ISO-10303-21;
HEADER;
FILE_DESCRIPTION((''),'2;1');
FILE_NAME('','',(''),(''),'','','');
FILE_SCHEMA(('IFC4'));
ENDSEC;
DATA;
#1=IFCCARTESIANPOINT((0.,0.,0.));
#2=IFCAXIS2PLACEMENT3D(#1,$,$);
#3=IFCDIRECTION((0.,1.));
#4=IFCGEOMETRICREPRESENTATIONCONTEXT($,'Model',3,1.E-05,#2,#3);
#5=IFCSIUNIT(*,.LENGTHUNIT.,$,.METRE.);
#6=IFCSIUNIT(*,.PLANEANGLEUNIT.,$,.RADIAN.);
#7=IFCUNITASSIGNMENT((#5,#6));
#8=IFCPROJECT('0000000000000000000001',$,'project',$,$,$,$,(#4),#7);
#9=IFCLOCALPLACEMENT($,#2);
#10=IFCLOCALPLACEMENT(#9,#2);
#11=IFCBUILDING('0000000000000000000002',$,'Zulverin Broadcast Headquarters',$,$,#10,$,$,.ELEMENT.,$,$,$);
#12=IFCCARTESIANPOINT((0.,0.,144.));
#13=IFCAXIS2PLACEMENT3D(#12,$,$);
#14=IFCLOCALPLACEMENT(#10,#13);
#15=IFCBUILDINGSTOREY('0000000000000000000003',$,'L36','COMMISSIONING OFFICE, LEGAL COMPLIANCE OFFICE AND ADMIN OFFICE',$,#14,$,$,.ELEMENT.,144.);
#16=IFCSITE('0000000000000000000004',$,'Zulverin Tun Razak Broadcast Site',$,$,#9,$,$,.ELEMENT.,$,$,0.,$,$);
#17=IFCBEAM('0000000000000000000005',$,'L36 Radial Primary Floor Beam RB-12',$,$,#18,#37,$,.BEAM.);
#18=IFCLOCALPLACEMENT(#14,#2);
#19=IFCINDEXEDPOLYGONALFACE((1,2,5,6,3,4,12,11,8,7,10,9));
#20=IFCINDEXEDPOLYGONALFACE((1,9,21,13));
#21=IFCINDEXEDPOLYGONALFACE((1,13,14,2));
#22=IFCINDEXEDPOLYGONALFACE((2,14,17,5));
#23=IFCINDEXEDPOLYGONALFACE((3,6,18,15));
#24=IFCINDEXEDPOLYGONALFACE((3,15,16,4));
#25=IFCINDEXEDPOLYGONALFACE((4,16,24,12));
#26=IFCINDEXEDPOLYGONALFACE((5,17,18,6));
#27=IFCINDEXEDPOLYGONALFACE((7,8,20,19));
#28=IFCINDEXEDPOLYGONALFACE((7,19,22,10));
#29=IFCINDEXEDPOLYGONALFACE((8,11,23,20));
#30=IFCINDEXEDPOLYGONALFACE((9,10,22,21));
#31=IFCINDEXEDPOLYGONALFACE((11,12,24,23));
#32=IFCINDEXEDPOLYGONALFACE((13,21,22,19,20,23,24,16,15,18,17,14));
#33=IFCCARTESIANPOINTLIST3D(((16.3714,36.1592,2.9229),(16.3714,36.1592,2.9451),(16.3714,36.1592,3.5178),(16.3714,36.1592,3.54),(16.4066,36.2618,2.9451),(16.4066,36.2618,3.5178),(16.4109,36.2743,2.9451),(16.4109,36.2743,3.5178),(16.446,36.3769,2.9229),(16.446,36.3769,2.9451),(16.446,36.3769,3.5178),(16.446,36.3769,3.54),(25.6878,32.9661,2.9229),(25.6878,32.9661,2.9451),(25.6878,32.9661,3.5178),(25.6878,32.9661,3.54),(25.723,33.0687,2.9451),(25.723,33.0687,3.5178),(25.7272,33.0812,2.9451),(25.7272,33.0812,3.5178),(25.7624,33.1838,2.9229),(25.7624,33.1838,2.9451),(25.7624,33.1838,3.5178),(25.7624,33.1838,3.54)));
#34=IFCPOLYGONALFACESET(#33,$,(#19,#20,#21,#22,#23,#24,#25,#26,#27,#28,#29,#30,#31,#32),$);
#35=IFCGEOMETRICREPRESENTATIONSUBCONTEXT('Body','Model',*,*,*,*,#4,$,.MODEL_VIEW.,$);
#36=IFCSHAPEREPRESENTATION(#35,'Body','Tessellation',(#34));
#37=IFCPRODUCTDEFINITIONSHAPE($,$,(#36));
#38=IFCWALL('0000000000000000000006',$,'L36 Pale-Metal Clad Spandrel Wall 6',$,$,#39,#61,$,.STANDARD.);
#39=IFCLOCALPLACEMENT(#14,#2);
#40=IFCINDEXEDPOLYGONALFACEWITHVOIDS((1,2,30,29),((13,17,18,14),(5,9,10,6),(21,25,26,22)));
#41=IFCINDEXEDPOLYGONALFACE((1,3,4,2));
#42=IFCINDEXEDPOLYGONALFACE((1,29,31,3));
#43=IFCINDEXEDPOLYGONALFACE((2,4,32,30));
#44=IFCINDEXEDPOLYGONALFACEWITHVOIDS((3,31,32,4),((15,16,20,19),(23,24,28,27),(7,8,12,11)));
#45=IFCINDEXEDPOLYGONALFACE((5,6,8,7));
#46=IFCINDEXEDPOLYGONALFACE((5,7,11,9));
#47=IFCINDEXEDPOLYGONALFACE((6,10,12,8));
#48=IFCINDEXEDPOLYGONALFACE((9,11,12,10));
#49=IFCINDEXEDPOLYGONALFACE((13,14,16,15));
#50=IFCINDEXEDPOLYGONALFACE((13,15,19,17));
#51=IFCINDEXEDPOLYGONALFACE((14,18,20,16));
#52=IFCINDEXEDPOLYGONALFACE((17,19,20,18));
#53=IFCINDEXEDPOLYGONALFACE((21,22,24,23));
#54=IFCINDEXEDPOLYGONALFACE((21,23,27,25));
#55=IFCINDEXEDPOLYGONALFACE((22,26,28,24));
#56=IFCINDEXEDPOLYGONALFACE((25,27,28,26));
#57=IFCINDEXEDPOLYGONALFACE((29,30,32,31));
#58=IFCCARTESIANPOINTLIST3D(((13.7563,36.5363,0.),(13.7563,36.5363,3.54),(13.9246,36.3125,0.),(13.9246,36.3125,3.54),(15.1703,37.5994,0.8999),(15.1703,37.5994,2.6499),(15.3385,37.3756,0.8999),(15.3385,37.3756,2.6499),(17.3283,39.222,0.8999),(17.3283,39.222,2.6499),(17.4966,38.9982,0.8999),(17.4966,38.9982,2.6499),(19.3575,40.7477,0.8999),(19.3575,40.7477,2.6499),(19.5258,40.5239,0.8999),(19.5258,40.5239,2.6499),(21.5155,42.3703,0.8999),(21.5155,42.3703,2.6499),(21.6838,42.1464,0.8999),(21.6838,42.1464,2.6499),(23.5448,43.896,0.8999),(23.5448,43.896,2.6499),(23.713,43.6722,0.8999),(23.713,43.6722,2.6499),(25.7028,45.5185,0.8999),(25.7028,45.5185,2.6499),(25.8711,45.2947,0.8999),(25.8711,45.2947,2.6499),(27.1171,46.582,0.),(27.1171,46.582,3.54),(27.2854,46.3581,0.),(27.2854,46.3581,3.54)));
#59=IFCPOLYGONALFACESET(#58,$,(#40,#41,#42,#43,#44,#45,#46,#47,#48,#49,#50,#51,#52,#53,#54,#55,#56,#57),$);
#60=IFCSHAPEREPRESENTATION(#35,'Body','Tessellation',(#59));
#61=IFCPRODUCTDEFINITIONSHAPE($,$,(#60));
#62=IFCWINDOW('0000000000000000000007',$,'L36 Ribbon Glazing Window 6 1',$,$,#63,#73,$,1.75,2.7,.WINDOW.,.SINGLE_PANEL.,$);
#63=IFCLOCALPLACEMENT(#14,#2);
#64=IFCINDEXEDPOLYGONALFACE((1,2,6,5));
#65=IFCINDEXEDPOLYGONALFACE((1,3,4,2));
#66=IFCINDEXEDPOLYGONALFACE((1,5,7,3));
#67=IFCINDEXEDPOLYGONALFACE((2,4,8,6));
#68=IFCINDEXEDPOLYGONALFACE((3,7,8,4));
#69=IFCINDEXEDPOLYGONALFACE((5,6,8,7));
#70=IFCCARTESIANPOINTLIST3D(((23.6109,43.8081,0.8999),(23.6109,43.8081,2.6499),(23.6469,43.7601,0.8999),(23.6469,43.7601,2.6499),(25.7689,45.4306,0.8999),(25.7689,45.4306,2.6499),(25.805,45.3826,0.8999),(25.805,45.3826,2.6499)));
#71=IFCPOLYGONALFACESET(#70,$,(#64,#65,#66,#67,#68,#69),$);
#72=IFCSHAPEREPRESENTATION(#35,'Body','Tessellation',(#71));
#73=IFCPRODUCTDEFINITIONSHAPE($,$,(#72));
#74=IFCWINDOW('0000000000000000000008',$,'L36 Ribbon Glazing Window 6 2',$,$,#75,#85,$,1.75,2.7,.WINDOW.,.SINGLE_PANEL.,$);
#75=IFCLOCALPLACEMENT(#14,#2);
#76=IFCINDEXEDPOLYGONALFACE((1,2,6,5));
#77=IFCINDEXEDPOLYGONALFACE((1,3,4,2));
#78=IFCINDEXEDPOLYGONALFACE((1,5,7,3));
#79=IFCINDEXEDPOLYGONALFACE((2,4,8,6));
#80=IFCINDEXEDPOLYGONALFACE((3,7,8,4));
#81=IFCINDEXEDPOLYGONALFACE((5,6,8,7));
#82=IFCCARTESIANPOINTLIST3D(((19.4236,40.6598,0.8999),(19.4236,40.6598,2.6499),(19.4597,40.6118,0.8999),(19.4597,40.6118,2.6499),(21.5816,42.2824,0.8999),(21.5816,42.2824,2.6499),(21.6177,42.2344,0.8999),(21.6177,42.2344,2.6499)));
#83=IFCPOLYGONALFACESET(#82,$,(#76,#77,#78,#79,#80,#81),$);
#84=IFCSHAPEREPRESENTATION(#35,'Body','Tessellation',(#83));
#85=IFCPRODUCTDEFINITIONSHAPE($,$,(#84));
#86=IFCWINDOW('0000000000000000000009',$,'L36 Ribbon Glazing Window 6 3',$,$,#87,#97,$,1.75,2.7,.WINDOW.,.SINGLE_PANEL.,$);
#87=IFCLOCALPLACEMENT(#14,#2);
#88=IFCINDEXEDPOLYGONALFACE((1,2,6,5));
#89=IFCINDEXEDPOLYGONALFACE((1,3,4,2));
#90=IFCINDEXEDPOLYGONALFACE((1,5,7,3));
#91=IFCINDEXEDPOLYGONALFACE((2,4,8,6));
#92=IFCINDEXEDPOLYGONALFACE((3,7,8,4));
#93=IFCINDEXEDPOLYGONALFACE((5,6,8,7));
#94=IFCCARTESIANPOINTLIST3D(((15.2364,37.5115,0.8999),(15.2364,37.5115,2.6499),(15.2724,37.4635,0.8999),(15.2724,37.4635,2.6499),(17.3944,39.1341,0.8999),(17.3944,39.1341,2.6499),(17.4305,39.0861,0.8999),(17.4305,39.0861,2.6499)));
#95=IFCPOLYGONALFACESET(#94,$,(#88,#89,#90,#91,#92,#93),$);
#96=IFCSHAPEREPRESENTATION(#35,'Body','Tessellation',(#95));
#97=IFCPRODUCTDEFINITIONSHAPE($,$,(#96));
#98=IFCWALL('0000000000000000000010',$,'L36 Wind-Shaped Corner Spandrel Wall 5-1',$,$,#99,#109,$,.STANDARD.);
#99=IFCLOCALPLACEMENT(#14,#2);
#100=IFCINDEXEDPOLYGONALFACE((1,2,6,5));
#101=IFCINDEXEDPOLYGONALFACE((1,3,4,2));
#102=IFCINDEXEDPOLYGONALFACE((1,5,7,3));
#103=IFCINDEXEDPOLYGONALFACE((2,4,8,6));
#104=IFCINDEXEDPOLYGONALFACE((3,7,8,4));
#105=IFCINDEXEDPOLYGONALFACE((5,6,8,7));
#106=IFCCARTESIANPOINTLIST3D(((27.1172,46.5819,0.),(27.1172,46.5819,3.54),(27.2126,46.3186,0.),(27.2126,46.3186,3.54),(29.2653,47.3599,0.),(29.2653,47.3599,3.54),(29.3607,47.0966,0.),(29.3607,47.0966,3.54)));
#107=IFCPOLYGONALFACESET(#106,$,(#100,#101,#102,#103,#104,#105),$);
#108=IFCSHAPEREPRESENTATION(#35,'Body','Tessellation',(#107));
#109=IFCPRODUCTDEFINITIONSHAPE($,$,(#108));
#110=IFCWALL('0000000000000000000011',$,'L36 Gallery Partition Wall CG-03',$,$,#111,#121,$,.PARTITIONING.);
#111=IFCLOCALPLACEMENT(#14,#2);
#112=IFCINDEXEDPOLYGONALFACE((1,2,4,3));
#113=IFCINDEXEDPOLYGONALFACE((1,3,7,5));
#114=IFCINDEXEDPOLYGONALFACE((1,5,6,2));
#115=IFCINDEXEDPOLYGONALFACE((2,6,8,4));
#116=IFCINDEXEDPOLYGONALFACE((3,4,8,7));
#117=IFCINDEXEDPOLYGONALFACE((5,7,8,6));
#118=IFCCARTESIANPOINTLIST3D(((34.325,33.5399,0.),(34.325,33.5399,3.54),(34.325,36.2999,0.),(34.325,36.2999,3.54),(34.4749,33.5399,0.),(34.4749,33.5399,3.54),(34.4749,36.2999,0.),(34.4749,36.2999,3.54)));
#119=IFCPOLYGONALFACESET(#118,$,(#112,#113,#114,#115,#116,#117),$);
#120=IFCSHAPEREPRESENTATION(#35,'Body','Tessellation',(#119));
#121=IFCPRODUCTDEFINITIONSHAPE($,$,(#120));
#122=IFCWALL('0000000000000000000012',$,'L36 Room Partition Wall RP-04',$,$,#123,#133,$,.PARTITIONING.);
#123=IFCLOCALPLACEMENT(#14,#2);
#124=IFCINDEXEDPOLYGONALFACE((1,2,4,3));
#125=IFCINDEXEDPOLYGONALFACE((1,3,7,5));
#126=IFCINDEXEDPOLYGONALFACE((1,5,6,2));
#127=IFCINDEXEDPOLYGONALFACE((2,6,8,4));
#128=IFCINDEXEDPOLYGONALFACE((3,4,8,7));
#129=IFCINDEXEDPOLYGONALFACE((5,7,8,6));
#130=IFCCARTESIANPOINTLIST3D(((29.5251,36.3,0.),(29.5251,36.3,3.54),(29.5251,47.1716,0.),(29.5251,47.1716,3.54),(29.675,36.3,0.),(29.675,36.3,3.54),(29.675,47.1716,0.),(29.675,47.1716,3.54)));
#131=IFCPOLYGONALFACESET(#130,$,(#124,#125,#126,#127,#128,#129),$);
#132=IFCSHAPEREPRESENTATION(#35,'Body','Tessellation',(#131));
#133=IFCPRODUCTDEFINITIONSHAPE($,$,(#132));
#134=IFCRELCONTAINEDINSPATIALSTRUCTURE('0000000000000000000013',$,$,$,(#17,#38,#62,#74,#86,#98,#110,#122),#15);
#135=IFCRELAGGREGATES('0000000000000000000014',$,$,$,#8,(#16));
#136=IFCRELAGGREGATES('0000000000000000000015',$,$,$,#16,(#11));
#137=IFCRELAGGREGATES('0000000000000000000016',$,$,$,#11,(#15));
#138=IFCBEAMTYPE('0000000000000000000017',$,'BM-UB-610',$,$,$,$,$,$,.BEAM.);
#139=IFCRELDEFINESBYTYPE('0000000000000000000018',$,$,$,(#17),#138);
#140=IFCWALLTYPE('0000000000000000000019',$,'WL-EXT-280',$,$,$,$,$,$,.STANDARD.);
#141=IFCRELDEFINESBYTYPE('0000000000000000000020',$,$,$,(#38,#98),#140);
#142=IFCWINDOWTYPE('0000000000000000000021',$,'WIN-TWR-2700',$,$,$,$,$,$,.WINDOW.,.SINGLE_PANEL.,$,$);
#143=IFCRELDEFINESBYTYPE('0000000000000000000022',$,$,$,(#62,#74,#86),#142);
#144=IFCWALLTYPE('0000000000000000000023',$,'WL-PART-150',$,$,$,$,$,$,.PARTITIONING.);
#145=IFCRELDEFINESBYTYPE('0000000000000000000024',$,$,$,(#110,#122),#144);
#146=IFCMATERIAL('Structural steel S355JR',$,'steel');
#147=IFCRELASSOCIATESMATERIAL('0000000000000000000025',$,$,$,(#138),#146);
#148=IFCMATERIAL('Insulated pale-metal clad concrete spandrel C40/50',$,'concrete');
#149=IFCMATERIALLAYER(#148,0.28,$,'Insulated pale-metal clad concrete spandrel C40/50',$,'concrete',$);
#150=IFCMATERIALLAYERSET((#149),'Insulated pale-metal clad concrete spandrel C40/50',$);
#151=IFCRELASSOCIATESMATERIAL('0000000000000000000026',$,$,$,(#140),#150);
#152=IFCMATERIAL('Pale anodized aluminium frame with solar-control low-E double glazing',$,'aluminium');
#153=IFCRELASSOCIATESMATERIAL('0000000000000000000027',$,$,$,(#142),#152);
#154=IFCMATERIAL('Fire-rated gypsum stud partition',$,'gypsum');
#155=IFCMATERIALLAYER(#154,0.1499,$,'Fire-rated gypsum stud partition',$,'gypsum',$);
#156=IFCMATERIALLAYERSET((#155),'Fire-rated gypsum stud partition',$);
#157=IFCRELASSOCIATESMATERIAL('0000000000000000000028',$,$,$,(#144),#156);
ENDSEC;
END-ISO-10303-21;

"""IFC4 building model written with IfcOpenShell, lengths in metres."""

from ifc_helpers import new_model, si_unit, direction, frame, frame_2d, origin, origin_2d, place, context, subcontext, project, spatial, rectangle, i_section, extrude, material, layer, layer_set, material_profile, profile_set, type_object, element, fill, save


model = new_model("IFC4")

# Units and contexts
model_context = context("Model", 3, precision=1e-05, world=origin(), true_north=direction((0.0, 1.0)))
body_context = subcontext(model_context, "Body", "Model", "MODEL_VIEW")
ifc_project = project(units=[si_unit("LENGTHUNIT", "METRE"), si_unit("PLANEANGLEUNIT", "RADIAN")], contexts=[model_context])

# Site, building, storey
site_placement = place(None, origin())
site = spatial("IfcSite", under=ifc_project, at=site_placement, Name="Zulverin Tun Razak Broadcast Site", CompositionType="ELEMENT", RefElevation=0.0)
building_placement = place(site_placement, origin())
building = spatial("IfcBuilding", under=site, at=building_placement, Name="Zulverin Broadcast Headquarters", CompositionType="ELEMENT")
storey_placement = place(building_placement, frame((0.0, 0.0, 144.0)))
storey = spatial("IfcBuildingStorey", under=building, at=storey_placement, Name="L36", Description="COMMISSIONING OFFICE, LEGAL COMPLIANCE OFFICE AND ADMIN OFFICE", CompositionType="ELEMENT", Elevation=144.0)

# Beam
ifc_material_1 = material(Name="Structural steel S355JR", Category="steel")
ifc_material_profile_1 = material_profile(ifc_material_1, i_section(OverallWidth=0.2302, OverallDepth=0.6172, WebThickness=0.0132, FlangeThickness=0.0222, at=origin_2d()), Name="Structural steel S355JR", Category="steel")
ifc_profile_set_1 = profile_set([ifc_material_profile_1], Name="Structural steel S355JR")
beam_type_1 = type_object("IfcBeamType", Name="BM-UB-610", PredefinedType="BEAM", material=ifc_profile_set_1)
beam_1_placement = place(storey_placement, frame((25.7251, 33.075, 3.2314), z_axis=(-0.94598, 0.324226, 0.0), x_axis=(-0.324226, -0.94598, 0.0)))
element("IfcBeam", 1, at=beam_1_placement, inside=storey, type_object=beam_type_1, Name="L36 Radial Primary Floor Beam RB-12", PredefinedType="BEAM", context=body_context, shape_type="SweptSolid", body=[
    extrude(i_section(OverallWidth=0.2302, OverallDepth=0.6172, WebThickness=0.0132, FlangeThickness=0.0222, at=origin_2d()), origin(), (0.0, 0.0, 1.0), 9.8484),
])

# Wall, openings, windows
ifc_material_2 = material(Name="Insulated pale-metal clad concrete spandrel C40/50", Category="concrete")
ifc_layer_1 = layer(ifc_material_2, 0.28, Name="Insulated pale-metal clad concrete spandrel C40/50", Category="concrete")
ifc_layer_set_1 = layer_set([ifc_layer_1], Name="Insulated pale-metal clad concrete spandrel C40/50")
wall_type_1 = type_object("IfcWallType", Name="WL-EXT-280", PredefinedType="STANDARD", material=ifc_layer_set_1)
wall_1_placement = place(storey_placement, frame((27.2012, 46.47, 0.0), z_axis=(0.0, 0.0, 1.0), x_axis=(-0.799281, -0.600958, 0.0)))
wall_1 = element("IfcWall", 2, at=wall_1_placement, inside=storey, type_object=wall_type_1, Name="L36 Pale-Metal Clad Spandrel Wall 6", PredefinedType="STANDARD", context=body_context, shape_type="SweptSolid", body=[
    extrude(rectangle(XDim=16.7161, YDim=0.28, at=frame_2d((8.3579, 0.0))), origin(), (0.0, 0.0, 1.0), 3.54),
])
opening_1_placement = place(wall_1_placement, frame((1.7693, 0.0, 0.8999)))
opening_1 = element("IfcOpeningElement", 3, at=opening_1_placement, cuts=wall_1, PredefinedType="OPENING", context=body_context, shape_type="SweptSolid", body=[
    extrude(rectangle(XDim=2.7, YDim=1.75, at=frame_2d((1.3501, 0.875))), frame((0.0, 0.1499, 0.0), z_axis=(0.0, -1.0, 0.0), x_axis=(1.0, 0.0, 0.0)), (0.0, 0.0, 1.0), 0.3),
])
opening_2_placement = place(wall_1_placement, frame((7.0081, 0.0, 0.8999)))
opening_2 = element("IfcOpeningElement", 4, at=opening_2_placement, cuts=wall_1, PredefinedType="OPENING", context=body_context, shape_type="SweptSolid", body=[
    extrude(rectangle(XDim=2.7, YDim=1.75, at=frame_2d((1.3501, 0.875))), frame((0.0, 0.1499, 0.0), z_axis=(0.0, -1.0, 0.0), x_axis=(1.0, 0.0, 0.0)), (0.0, 0.0, 1.0), 0.3),
])
opening_3_placement = place(wall_1_placement, frame((12.2468, 0.0, 0.8999)))
opening_3 = element("IfcOpeningElement", 5, at=opening_3_placement, cuts=wall_1, PredefinedType="OPENING", context=body_context, shape_type="SweptSolid", body=[
    extrude(rectangle(XDim=2.7, YDim=1.75, at=frame_2d((1.3501, 0.875))), frame((0.0, 0.1499, 0.0), z_axis=(0.0, -1.0, 0.0), x_axis=(1.0, 0.0, 0.0)), (0.0, 0.0, 1.0), 0.3),
])
ifc_material_3 = material(Name="Pale anodized aluminium frame with solar-control low-E double glazing", Category="aluminium")
window_type = type_object("IfcWindowType", Name="WIN-TWR-2700", PartitioningType="SINGLE_PANEL", PredefinedType="WINDOW", material=ifc_material_3)
window_1_placement = place(opening_1_placement, origin())
window_1 = element("IfcWindow", 6, at=window_1_placement, inside=storey, type_object=window_type, Name="L36 Ribbon Glazing Window 6 1", OverallHeight=1.75, OverallWidth=2.7, PartitioningType="SINGLE_PANEL", PredefinedType="WINDOW", context=body_context, shape_type="SweptSolid", body=[
    extrude(rectangle(XDim=2.7, YDim=1.75, at=frame_2d((1.3501, 0.875))), frame((0.0, 0.03, 0.0), z_axis=(0.0, -1.0, 0.0), x_axis=(1.0, 0.0, 0.0)), (0.0, 0.0, 1.0), 0.0601),
])
fill(opening_1, window_1)
window_2_placement = place(opening_2_placement, origin())
window_2 = element("IfcWindow", 7, at=window_2_placement, inside=storey, type_object=window_type, Name="L36 Ribbon Glazing Window 6 2", OverallHeight=1.75, OverallWidth=2.7, PartitioningType="SINGLE_PANEL", PredefinedType="WINDOW", context=body_context, shape_type="SweptSolid", body=[
    extrude(rectangle(XDim=2.7, YDim=1.75, at=frame_2d((1.3501, 0.875))), frame((0.0, 0.03, 0.0), z_axis=(0.0, -1.0, 0.0), x_axis=(1.0, 0.0, 0.0)), (0.0, 0.0, 1.0), 0.0601),
])
fill(opening_2, window_2)
window_3_placement = place(opening_3_placement, origin())
window_3 = element("IfcWindow", 8, at=window_3_placement, inside=storey, type_object=window_type, Name="L36 Ribbon Glazing Window 6 3", OverallHeight=1.75, OverallWidth=2.7, PartitioningType="SINGLE_PANEL", PredefinedType="WINDOW", context=body_context, shape_type="SweptSolid", body=[
    extrude(rectangle(XDim=2.7, YDim=1.75, at=frame_2d((1.3501, 0.875))), frame((0.0, 0.03, 0.0), z_axis=(0.0, -1.0, 0.0), x_axis=(1.0, 0.0, 0.0)), (0.0, 0.0, 1.0), 0.0601),
])
fill(opening_3, window_3)

# Walls
wall_2_placement = place(storey_placement, frame((29.313, 47.2283, 0.0), z_axis=(0.0, 0.0, 1.0), x_axis=(-0.940226, -0.34055, 0.0)))
element("IfcWall", 9, at=wall_2_placement, inside=storey, type_object=wall_type_1, Name="L36 Wind-Shaped Corner Spandrel Wall 5-1", PredefinedType="STANDARD", context=body_context, shape_type="SweptSolid", body=[
    extrude(rectangle(XDim=2.2847, YDim=0.28, at=frame_2d((1.1423, 0.0))), origin(), (0.0, 0.0, 1.0), 3.54),
])
ifc_material_4 = material(Name="Fire-rated gypsum stud partition", Category="gypsum")
ifc_layer_2 = layer(ifc_material_4, 0.1499, Name="Fire-rated gypsum stud partition", Category="gypsum")
ifc_layer_set_2 = layer_set([ifc_layer_2], Name="Fire-rated gypsum stud partition")
wall_type_2 = type_object("IfcWallType", Name="WL-PART-150", PredefinedType="PARTITIONING", material=ifc_layer_set_2)
wall_3_placement = place(storey_placement, frame((34.3999, 33.54, 0.0), z_axis=(0.0, 0.0, 1.0), x_axis=(0.0, 1.0, 0.0)))
element("IfcWall", 10, at=wall_3_placement, inside=storey, type_object=wall_type_2, Name="L36 Gallery Partition Wall CG-03", PredefinedType="PARTITIONING", context=body_context, shape_type="SweptSolid", body=[
    extrude(rectangle(XDim=2.76, YDim=0.1499, at=frame_2d((1.3799, 0.0))), origin(), (0.0, 0.0, 1.0), 3.54),
])
wall_4_placement = place(storey_placement, frame((29.6001, 36.3, 0.0), z_axis=(0.0, 0.0, 1.0), x_axis=(0.0, 1.0, 0.0)))
element("IfcWall", 11, at=wall_4_placement, inside=storey, type_object=wall_type_2, Name="L36 Room Partition Wall RP-04", PredefinedType="PARTITIONING", context=body_context, shape_type="SweptSolid", body=[
    extrude(rectangle(XDim=10.8716, YDim=0.1499, at=frame_2d((5.4358, 0.0))), origin(), (0.0, 0.0, 1.0), 3.54),
])

save(model, "model.ifc")
